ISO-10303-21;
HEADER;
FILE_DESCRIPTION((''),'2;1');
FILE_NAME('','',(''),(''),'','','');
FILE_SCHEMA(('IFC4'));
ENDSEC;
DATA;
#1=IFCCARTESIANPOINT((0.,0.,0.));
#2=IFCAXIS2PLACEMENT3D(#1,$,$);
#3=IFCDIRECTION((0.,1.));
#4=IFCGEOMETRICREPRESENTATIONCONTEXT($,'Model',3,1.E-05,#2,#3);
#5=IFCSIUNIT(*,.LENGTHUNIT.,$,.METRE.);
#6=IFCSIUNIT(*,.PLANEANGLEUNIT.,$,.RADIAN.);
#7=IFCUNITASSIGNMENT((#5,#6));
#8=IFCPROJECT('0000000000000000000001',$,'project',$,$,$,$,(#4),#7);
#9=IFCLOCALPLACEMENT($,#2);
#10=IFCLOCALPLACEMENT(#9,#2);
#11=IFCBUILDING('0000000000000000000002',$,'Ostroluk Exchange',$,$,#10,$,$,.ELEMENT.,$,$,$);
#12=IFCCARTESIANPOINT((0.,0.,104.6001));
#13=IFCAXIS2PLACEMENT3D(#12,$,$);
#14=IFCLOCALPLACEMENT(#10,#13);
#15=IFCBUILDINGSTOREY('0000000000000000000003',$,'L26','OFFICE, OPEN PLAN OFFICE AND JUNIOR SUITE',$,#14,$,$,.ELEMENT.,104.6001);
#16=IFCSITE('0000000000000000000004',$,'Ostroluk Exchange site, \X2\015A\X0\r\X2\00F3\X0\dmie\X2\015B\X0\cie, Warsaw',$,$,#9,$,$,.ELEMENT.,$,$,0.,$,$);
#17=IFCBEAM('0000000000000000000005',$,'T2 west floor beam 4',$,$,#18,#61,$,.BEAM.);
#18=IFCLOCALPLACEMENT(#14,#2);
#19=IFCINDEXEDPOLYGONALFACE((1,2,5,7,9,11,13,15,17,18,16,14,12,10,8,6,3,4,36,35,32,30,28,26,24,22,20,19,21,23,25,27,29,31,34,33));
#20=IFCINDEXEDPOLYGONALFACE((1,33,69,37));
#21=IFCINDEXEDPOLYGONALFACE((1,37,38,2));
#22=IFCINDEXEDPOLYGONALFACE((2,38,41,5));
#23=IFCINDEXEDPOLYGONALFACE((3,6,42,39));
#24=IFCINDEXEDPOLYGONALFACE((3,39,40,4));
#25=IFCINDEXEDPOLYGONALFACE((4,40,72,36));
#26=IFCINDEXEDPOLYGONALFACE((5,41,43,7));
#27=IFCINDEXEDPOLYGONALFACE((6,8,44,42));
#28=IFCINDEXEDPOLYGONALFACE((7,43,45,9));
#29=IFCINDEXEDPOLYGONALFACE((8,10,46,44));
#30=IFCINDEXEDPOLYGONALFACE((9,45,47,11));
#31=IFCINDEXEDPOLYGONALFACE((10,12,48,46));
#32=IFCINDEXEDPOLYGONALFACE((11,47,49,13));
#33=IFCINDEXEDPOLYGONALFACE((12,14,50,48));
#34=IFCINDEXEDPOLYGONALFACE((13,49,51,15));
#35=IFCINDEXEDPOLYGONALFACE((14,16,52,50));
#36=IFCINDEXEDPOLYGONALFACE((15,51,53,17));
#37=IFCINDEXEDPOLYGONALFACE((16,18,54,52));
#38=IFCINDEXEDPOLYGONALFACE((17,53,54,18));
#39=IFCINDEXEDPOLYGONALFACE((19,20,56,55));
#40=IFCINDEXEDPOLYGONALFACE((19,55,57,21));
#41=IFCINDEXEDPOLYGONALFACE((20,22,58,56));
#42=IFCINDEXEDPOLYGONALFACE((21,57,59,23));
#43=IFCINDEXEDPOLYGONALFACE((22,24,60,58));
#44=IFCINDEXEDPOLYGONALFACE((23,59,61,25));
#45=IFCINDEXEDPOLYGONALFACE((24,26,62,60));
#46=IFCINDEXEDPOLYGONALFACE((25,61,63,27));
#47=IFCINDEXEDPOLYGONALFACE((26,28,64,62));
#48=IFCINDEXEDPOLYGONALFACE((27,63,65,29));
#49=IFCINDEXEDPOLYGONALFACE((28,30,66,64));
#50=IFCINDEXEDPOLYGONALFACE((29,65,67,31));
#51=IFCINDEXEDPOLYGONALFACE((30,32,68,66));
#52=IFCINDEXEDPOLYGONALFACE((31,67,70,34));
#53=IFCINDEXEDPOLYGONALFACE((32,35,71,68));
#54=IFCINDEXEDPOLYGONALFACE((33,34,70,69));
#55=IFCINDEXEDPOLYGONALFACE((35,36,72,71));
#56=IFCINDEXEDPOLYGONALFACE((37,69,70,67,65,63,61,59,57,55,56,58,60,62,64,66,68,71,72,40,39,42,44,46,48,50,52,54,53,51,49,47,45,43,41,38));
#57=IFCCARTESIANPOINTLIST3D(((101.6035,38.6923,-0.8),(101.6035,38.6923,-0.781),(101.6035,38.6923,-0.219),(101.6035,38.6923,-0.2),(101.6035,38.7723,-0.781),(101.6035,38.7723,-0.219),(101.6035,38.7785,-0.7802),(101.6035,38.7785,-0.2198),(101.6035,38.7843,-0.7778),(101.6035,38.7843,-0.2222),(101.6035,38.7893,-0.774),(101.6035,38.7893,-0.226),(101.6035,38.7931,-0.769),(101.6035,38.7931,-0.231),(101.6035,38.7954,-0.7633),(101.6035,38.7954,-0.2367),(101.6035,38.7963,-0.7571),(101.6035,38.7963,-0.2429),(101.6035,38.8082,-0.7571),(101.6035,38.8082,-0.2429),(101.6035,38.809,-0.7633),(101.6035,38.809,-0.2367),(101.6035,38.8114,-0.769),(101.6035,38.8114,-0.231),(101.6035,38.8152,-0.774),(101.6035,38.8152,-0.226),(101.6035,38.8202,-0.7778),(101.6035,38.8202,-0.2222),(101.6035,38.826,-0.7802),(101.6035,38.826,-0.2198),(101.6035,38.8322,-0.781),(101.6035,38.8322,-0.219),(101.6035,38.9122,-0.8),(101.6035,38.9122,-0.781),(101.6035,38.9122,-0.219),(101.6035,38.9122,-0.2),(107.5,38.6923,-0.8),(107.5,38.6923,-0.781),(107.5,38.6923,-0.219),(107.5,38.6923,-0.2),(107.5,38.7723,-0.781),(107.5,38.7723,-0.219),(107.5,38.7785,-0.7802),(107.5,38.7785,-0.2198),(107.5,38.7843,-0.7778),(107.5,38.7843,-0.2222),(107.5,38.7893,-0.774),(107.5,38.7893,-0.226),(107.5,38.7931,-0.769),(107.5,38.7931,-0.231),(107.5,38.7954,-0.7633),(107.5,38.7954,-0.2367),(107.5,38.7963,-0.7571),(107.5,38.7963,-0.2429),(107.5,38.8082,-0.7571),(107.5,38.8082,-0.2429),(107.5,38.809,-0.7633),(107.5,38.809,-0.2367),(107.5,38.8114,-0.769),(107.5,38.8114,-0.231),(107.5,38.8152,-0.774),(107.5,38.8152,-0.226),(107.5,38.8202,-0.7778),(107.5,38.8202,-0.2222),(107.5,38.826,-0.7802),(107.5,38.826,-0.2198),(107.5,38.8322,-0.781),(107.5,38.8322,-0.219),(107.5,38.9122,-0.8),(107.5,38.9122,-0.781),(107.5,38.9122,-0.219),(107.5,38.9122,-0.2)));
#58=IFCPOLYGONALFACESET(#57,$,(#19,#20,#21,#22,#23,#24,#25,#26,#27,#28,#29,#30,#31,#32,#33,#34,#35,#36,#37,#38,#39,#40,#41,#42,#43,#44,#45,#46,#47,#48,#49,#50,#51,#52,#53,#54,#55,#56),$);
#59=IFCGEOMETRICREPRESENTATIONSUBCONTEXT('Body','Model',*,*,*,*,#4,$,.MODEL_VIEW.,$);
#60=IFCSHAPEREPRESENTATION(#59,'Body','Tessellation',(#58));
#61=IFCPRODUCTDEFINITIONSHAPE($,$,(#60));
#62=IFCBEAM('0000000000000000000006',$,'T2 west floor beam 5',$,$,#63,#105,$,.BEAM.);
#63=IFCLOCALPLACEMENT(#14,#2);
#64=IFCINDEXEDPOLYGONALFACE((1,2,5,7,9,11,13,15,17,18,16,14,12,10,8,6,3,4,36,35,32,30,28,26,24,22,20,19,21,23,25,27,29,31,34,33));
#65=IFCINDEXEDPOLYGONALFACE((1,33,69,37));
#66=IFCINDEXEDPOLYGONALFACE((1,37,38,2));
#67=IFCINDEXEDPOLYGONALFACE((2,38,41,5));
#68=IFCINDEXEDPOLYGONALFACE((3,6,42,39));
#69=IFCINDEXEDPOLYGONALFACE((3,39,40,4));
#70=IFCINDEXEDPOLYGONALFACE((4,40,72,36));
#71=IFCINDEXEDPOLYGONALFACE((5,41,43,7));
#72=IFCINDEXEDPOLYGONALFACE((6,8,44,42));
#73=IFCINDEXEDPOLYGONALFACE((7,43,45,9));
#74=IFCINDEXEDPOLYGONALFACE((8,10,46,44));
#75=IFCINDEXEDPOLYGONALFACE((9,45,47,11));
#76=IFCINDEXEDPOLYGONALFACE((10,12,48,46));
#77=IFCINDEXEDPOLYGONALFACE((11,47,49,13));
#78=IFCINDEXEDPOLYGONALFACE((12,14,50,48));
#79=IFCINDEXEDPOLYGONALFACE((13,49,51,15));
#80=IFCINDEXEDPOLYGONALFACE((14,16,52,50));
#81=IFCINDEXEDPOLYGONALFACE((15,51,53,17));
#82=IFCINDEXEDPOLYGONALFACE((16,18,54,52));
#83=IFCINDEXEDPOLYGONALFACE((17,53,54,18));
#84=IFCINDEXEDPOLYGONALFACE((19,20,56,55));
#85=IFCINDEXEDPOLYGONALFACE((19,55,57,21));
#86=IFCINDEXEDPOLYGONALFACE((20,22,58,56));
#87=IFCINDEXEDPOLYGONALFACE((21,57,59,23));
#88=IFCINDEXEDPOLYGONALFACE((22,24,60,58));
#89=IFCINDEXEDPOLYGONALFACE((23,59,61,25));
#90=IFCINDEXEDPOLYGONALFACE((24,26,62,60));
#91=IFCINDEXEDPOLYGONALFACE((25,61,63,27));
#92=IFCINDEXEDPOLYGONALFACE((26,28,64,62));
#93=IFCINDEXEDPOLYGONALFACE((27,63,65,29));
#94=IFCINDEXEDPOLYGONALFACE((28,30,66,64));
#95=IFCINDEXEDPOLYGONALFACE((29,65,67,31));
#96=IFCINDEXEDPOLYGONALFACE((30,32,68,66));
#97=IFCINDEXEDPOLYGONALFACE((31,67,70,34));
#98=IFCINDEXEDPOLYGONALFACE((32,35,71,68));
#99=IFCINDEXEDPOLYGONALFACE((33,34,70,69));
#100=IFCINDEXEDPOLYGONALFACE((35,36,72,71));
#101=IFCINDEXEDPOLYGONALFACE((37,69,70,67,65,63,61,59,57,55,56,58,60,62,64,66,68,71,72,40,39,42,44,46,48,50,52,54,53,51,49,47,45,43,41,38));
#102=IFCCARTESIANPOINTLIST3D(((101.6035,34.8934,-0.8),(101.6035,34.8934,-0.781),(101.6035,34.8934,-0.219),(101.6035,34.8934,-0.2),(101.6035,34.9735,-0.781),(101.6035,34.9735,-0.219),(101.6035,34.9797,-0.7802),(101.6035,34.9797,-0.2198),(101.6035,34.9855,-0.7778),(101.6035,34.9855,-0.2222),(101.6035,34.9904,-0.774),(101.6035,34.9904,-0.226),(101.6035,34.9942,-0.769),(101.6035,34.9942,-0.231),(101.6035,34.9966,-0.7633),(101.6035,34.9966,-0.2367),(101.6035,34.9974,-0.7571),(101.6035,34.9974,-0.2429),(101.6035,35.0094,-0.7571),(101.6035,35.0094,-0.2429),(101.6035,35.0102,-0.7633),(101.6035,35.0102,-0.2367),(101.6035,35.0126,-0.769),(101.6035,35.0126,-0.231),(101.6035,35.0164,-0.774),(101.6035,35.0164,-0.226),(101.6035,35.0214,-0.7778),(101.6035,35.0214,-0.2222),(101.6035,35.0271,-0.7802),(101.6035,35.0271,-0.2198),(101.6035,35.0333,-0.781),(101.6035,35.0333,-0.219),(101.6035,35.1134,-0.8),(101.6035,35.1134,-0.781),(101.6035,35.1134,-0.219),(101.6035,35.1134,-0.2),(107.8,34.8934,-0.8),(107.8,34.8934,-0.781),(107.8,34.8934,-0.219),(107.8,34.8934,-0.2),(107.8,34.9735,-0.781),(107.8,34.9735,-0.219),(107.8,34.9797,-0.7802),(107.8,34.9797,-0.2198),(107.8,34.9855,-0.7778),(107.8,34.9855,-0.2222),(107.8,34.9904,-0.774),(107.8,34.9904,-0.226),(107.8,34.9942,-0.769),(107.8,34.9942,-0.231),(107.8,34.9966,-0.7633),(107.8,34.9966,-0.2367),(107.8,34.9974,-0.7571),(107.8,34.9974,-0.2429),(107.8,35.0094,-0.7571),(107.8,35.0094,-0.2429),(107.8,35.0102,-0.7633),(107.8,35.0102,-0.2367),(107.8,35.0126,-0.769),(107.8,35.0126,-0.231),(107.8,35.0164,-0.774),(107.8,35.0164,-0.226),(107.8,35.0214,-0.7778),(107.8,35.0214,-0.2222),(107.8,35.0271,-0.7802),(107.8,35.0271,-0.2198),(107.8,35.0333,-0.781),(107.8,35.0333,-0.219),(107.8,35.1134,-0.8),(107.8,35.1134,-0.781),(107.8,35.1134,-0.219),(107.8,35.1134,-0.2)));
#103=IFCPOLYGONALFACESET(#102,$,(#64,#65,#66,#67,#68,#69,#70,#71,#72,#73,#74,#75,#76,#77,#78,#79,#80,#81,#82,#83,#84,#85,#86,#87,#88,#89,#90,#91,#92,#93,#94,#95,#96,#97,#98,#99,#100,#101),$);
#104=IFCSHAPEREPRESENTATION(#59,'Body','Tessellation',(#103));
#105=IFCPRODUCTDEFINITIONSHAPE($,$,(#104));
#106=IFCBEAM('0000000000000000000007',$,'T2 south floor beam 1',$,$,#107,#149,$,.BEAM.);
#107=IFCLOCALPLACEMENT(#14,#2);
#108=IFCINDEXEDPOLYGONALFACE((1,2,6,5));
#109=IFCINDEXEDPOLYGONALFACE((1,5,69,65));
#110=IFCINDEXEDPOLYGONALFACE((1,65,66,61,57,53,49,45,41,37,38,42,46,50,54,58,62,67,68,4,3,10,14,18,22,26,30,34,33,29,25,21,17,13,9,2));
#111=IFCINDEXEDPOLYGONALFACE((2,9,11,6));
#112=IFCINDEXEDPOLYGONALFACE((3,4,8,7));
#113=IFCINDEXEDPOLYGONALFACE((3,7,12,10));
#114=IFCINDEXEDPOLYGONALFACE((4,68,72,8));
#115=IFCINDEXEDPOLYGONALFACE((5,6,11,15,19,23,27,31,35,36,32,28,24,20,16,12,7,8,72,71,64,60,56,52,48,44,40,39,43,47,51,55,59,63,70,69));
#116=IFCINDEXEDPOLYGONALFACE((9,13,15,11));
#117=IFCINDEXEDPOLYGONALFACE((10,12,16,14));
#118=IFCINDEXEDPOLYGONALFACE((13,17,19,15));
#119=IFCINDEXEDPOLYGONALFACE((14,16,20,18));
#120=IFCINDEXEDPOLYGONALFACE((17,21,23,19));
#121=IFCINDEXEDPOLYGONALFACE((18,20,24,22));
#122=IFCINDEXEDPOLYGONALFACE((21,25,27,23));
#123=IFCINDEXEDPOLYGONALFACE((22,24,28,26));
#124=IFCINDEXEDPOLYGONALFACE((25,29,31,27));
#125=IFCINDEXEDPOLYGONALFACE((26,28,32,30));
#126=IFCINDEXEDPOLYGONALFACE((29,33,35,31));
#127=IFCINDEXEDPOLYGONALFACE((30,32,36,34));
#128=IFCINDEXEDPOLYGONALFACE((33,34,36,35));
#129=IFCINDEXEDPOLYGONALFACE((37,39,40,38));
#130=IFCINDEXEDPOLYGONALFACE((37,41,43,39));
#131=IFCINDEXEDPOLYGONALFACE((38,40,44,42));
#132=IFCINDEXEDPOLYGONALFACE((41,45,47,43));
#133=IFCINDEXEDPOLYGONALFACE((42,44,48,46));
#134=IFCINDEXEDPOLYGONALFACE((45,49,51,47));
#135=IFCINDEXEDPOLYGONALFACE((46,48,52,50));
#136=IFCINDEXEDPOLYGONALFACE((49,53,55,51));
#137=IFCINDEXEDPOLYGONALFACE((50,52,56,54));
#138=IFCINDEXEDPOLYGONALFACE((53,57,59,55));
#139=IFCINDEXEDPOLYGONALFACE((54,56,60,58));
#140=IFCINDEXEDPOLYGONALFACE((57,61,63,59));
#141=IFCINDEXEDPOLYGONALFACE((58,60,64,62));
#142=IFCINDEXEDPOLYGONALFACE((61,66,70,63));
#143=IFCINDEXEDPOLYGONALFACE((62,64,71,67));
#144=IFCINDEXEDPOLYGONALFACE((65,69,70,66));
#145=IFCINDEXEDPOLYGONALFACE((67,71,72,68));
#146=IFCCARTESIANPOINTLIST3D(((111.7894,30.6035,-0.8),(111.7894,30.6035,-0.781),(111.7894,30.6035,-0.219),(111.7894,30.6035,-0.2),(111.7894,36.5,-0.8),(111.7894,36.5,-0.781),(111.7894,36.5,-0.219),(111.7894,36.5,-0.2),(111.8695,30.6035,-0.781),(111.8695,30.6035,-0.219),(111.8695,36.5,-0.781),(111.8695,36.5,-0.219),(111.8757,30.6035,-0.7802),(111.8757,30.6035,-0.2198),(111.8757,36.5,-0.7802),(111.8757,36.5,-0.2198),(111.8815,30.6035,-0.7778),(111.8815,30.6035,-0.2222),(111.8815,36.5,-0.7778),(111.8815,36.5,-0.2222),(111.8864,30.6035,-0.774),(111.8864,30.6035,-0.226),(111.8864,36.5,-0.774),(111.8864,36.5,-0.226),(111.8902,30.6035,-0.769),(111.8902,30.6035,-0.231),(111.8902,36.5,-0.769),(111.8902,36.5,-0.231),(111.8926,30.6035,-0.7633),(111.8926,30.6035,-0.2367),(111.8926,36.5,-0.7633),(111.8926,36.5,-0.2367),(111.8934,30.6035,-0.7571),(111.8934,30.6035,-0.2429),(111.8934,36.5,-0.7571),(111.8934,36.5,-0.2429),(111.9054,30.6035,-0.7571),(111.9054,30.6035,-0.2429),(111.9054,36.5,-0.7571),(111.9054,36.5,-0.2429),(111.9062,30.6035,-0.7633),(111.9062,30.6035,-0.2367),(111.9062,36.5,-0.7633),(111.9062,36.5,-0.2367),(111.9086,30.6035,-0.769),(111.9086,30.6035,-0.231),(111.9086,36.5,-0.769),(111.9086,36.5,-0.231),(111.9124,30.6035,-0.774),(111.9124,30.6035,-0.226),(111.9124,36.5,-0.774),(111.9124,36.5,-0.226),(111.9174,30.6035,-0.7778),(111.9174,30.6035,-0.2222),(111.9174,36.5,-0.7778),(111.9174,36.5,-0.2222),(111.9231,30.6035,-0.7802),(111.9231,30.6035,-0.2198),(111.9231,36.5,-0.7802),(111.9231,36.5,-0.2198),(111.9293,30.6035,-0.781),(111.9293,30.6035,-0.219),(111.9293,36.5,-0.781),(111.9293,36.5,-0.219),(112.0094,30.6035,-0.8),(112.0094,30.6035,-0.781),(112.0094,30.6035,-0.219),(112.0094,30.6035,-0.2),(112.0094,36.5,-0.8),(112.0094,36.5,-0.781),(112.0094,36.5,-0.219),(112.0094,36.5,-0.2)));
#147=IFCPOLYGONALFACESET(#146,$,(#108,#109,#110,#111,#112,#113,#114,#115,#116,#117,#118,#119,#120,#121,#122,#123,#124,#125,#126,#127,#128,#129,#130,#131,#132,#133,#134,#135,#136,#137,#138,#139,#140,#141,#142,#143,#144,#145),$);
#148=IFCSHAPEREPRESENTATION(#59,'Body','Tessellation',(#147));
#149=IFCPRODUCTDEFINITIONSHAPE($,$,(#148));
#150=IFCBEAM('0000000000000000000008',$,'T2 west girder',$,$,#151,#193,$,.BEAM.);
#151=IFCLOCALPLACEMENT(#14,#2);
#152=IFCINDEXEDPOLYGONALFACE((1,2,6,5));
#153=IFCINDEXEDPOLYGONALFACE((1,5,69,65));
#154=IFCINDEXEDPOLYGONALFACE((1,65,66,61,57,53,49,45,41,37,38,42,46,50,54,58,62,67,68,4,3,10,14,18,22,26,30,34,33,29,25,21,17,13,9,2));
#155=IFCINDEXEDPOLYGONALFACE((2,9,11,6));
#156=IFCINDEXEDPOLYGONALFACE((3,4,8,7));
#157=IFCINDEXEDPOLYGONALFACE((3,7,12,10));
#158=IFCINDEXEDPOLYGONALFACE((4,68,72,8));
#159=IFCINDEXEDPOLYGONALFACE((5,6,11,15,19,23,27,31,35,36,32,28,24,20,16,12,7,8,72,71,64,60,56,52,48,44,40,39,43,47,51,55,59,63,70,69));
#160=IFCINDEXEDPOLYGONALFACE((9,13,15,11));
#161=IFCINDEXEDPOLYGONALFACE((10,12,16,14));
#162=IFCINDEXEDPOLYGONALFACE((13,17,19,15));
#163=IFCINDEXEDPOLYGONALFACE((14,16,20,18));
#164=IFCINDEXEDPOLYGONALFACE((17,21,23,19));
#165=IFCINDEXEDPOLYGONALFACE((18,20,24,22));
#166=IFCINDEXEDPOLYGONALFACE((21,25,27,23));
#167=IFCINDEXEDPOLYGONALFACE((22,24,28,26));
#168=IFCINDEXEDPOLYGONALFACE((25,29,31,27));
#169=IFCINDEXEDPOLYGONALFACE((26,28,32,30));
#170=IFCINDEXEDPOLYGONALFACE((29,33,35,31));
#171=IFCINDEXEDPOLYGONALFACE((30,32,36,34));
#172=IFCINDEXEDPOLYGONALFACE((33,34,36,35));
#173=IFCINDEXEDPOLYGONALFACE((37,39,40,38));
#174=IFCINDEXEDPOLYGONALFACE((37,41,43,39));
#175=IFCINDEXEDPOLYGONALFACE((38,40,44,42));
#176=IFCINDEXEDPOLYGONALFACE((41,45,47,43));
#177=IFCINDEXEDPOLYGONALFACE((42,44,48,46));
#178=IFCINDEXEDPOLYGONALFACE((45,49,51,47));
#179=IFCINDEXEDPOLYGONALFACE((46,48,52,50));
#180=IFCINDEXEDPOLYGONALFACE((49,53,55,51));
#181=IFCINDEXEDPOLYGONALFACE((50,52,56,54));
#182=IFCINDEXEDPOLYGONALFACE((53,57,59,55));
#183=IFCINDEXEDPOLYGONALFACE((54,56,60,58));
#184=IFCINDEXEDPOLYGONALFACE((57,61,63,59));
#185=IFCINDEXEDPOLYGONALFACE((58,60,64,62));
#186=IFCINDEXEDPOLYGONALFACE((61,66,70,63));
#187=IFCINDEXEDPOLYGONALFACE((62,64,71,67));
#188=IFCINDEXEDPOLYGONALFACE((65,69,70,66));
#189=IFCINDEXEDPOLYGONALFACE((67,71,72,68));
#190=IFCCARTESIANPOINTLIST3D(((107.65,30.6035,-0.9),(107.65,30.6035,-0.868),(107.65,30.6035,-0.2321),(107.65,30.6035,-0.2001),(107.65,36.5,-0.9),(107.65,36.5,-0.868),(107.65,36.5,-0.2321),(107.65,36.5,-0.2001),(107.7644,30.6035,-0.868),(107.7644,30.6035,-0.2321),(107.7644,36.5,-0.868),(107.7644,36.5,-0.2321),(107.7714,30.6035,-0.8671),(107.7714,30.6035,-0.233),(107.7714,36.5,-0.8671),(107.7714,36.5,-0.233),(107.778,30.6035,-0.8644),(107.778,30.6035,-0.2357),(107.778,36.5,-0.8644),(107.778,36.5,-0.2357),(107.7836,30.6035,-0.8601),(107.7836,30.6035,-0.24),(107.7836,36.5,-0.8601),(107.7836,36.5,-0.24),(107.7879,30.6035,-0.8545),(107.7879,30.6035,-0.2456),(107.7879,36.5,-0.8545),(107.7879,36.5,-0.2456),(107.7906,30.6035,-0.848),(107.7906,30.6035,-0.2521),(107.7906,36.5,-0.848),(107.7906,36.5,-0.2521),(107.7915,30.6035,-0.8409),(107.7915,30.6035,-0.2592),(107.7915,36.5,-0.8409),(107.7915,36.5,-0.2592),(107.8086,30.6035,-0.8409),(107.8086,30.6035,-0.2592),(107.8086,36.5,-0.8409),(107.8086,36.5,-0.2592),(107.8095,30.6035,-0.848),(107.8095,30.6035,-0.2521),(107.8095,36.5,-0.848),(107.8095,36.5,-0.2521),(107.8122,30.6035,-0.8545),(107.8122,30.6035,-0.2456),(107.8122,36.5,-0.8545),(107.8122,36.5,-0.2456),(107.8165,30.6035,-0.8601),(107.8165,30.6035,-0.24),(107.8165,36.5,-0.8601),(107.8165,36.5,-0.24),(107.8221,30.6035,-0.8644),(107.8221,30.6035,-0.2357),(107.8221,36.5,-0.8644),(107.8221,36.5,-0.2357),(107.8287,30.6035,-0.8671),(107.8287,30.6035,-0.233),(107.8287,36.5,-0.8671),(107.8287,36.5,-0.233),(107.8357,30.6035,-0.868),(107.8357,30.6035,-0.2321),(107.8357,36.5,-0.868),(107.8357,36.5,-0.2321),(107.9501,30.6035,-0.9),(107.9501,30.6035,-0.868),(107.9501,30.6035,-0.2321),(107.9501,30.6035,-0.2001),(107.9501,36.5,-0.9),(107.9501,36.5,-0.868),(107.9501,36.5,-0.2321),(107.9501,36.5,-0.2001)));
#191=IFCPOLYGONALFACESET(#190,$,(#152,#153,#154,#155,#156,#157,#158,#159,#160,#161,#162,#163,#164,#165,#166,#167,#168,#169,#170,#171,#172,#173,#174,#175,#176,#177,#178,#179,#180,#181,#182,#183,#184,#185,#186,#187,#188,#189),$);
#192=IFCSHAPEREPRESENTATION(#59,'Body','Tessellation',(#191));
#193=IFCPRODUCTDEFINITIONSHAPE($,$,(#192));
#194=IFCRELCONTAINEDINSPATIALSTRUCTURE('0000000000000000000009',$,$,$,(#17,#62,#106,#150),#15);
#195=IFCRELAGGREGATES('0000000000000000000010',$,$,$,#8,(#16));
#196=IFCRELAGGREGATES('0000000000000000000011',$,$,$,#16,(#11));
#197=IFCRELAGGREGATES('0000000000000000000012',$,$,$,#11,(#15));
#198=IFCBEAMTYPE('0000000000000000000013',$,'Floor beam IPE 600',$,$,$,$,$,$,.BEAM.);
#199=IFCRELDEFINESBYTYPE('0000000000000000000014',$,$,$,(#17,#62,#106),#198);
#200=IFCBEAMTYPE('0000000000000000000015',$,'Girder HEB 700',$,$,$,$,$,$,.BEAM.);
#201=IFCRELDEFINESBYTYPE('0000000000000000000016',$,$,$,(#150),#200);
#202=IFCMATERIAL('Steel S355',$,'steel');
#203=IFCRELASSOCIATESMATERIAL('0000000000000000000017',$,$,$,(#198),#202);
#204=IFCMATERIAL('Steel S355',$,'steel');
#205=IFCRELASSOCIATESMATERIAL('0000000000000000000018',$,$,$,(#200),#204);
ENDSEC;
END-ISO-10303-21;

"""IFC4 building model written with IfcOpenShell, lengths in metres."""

from ifc_helpers import new_model, si_unit, direction, frame, origin, origin_2d, place, context, subcontext, project, spatial, i_section, extrude, material, material_profile, profile_set, type_object, element, save


model = new_model("IFC4")

# Units and contexts
model_context = context("Model", 3, precision=1e-05, world=origin(), true_north=direction((0.0, 1.0)))
body_context = subcontext(model_context, "Body", "Model", "MODEL_VIEW")
ifc_project = project(units=[si_unit("LENGTHUNIT", "METRE"), si_unit("PLANEANGLEUNIT", "RADIAN")], contexts=[model_context])

# Site, building, storey
site_placement = place(None, origin())
site = spatial("IfcSite", under=ifc_project, at=site_placement, Name="Ostroluk Exchange site, Śródmieście, Warsaw", CompositionType="ELEMENT", RefElevation=0.0)
building_placement = place(site_placement, origin())
building = spatial("IfcBuilding", under=site, at=building_placement, Name="Ostroluk Exchange", CompositionType="ELEMENT")
storey_placement = place(building_placement, frame((0.0, 0.0, 104.6001)))
storey = spatial("IfcBuildingStorey", under=building, at=storey_placement, Name="L26", Description="OFFICE, OPEN PLAN OFFICE AND JUNIOR SUITE", CompositionType="ELEMENT", Elevation=104.6001)

# Beams
ifc_material_1 = material(Name="Steel S355", Category="steel")
ifc_material_profile_1 = material_profile(ifc_material_1, i_section(OverallWidth=0.22, OverallDepth=0.6001, WebThickness=0.012, FlangeThickness=0.019, FilletRadius=0.0239, at=origin_2d()), Name="IPE 600")
ifc_profile_set_1 = profile_set([ifc_material_profile_1], Name="Steel S355")
beam_type_1 = type_object("IfcBeamType", Name="Floor beam IPE 600", PredefinedType="BEAM", material=ifc_profile_set_1)
beam_1_placement = place(storey_placement, frame((107.5, 38.8022, -0.5), z_axis=(-1.0, 0.0, 0.0), x_axis=(0.0, -1.0, 0.0)))
element("IfcBeam", 1, at=beam_1_placement, inside=storey, type_object=beam_type_1, Name="T2 west floor beam 4", PredefinedType="BEAM", context=body_context, shape_type="SweptSolid", body=[
    extrude(i_section(OverallWidth=0.22, OverallDepth=0.6001, WebThickness=0.012, FlangeThickness=0.019, FilletRadius=0.0239, at=origin_2d()), origin(), (0.0, 0.0, 1.0), 5.8965),
])
beam_2_placement = place(storey_placement, frame((107.8, 35.0034, -0.5), z_axis=(-1.0, 0.0, 0.0), x_axis=(0.0, -1.0, 0.0)))
element("IfcBeam", 2, at=beam_2_placement, inside=storey, type_object=beam_type_1, Name="T2 west floor beam 5", PredefinedType="BEAM", context=body_context, shape_type="SweptSolid", body=[
    extrude(i_section(OverallWidth=0.22, OverallDepth=0.6001, WebThickness=0.012, FlangeThickness=0.019, FilletRadius=0.0239, at=origin_2d()), origin(), (0.0, 0.0, 1.0), 6.1965),
])
beam_3_placement = place(storey_placement, frame((111.8994, 36.5, -0.5), z_axis=(0.0, -1.0, 0.0), x_axis=(1.0, 0.0, 0.0)))
element("IfcBeam", 3, at=beam_3_placement, inside=storey, type_object=beam_type_1, Name="T2 south floor beam 1", PredefinedType="BEAM", context=body_context, shape_type="SweptSolid", body=[
    extrude(i_section(OverallWidth=0.22, OverallDepth=0.6001, WebThickness=0.012, FlangeThickness=0.019, FilletRadius=0.0239, at=origin_2d()), origin(), (0.0, 0.0, 1.0), 5.8965),
])
ifc_material_2 = material(Name="Steel S355", Category="steel")
ifc_material_profile_2 = material_profile(ifc_material_2, i_section(OverallWidth=0.3, OverallDepth=0.7, WebThickness=0.0171, FlangeThickness=0.032, FilletRadius=0.0271, at=origin_2d()), Name="HEB 700")
ifc_profile_set_2 = profile_set([ifc_material_profile_2], Name="Steel S355")
beam_type_2 = type_object("IfcBeamType", Name="Girder HEB 700", PredefinedType="BEAM", material=ifc_profile_set_2)
beam_4_placement = place(storey_placement, frame((107.8, 36.5, -0.55), z_axis=(0.0, -1.0, 0.0), x_axis=(1.0, 0.0, 0.0)))
element("IfcBeam", 4, at=beam_4_placement, inside=storey, type_object=beam_type_2, Name="T2 west girder", PredefinedType="BEAM", context=body_context, shape_type="SweptSolid", body=[
    extrude(i_section(OverallWidth=0.3, OverallDepth=0.7, WebThickness=0.0171, FlangeThickness=0.032, FilletRadius=0.0271, at=origin_2d()), origin(), (0.0, 0.0, 1.0), 5.8965),
])

save(model, "model.ifc")
